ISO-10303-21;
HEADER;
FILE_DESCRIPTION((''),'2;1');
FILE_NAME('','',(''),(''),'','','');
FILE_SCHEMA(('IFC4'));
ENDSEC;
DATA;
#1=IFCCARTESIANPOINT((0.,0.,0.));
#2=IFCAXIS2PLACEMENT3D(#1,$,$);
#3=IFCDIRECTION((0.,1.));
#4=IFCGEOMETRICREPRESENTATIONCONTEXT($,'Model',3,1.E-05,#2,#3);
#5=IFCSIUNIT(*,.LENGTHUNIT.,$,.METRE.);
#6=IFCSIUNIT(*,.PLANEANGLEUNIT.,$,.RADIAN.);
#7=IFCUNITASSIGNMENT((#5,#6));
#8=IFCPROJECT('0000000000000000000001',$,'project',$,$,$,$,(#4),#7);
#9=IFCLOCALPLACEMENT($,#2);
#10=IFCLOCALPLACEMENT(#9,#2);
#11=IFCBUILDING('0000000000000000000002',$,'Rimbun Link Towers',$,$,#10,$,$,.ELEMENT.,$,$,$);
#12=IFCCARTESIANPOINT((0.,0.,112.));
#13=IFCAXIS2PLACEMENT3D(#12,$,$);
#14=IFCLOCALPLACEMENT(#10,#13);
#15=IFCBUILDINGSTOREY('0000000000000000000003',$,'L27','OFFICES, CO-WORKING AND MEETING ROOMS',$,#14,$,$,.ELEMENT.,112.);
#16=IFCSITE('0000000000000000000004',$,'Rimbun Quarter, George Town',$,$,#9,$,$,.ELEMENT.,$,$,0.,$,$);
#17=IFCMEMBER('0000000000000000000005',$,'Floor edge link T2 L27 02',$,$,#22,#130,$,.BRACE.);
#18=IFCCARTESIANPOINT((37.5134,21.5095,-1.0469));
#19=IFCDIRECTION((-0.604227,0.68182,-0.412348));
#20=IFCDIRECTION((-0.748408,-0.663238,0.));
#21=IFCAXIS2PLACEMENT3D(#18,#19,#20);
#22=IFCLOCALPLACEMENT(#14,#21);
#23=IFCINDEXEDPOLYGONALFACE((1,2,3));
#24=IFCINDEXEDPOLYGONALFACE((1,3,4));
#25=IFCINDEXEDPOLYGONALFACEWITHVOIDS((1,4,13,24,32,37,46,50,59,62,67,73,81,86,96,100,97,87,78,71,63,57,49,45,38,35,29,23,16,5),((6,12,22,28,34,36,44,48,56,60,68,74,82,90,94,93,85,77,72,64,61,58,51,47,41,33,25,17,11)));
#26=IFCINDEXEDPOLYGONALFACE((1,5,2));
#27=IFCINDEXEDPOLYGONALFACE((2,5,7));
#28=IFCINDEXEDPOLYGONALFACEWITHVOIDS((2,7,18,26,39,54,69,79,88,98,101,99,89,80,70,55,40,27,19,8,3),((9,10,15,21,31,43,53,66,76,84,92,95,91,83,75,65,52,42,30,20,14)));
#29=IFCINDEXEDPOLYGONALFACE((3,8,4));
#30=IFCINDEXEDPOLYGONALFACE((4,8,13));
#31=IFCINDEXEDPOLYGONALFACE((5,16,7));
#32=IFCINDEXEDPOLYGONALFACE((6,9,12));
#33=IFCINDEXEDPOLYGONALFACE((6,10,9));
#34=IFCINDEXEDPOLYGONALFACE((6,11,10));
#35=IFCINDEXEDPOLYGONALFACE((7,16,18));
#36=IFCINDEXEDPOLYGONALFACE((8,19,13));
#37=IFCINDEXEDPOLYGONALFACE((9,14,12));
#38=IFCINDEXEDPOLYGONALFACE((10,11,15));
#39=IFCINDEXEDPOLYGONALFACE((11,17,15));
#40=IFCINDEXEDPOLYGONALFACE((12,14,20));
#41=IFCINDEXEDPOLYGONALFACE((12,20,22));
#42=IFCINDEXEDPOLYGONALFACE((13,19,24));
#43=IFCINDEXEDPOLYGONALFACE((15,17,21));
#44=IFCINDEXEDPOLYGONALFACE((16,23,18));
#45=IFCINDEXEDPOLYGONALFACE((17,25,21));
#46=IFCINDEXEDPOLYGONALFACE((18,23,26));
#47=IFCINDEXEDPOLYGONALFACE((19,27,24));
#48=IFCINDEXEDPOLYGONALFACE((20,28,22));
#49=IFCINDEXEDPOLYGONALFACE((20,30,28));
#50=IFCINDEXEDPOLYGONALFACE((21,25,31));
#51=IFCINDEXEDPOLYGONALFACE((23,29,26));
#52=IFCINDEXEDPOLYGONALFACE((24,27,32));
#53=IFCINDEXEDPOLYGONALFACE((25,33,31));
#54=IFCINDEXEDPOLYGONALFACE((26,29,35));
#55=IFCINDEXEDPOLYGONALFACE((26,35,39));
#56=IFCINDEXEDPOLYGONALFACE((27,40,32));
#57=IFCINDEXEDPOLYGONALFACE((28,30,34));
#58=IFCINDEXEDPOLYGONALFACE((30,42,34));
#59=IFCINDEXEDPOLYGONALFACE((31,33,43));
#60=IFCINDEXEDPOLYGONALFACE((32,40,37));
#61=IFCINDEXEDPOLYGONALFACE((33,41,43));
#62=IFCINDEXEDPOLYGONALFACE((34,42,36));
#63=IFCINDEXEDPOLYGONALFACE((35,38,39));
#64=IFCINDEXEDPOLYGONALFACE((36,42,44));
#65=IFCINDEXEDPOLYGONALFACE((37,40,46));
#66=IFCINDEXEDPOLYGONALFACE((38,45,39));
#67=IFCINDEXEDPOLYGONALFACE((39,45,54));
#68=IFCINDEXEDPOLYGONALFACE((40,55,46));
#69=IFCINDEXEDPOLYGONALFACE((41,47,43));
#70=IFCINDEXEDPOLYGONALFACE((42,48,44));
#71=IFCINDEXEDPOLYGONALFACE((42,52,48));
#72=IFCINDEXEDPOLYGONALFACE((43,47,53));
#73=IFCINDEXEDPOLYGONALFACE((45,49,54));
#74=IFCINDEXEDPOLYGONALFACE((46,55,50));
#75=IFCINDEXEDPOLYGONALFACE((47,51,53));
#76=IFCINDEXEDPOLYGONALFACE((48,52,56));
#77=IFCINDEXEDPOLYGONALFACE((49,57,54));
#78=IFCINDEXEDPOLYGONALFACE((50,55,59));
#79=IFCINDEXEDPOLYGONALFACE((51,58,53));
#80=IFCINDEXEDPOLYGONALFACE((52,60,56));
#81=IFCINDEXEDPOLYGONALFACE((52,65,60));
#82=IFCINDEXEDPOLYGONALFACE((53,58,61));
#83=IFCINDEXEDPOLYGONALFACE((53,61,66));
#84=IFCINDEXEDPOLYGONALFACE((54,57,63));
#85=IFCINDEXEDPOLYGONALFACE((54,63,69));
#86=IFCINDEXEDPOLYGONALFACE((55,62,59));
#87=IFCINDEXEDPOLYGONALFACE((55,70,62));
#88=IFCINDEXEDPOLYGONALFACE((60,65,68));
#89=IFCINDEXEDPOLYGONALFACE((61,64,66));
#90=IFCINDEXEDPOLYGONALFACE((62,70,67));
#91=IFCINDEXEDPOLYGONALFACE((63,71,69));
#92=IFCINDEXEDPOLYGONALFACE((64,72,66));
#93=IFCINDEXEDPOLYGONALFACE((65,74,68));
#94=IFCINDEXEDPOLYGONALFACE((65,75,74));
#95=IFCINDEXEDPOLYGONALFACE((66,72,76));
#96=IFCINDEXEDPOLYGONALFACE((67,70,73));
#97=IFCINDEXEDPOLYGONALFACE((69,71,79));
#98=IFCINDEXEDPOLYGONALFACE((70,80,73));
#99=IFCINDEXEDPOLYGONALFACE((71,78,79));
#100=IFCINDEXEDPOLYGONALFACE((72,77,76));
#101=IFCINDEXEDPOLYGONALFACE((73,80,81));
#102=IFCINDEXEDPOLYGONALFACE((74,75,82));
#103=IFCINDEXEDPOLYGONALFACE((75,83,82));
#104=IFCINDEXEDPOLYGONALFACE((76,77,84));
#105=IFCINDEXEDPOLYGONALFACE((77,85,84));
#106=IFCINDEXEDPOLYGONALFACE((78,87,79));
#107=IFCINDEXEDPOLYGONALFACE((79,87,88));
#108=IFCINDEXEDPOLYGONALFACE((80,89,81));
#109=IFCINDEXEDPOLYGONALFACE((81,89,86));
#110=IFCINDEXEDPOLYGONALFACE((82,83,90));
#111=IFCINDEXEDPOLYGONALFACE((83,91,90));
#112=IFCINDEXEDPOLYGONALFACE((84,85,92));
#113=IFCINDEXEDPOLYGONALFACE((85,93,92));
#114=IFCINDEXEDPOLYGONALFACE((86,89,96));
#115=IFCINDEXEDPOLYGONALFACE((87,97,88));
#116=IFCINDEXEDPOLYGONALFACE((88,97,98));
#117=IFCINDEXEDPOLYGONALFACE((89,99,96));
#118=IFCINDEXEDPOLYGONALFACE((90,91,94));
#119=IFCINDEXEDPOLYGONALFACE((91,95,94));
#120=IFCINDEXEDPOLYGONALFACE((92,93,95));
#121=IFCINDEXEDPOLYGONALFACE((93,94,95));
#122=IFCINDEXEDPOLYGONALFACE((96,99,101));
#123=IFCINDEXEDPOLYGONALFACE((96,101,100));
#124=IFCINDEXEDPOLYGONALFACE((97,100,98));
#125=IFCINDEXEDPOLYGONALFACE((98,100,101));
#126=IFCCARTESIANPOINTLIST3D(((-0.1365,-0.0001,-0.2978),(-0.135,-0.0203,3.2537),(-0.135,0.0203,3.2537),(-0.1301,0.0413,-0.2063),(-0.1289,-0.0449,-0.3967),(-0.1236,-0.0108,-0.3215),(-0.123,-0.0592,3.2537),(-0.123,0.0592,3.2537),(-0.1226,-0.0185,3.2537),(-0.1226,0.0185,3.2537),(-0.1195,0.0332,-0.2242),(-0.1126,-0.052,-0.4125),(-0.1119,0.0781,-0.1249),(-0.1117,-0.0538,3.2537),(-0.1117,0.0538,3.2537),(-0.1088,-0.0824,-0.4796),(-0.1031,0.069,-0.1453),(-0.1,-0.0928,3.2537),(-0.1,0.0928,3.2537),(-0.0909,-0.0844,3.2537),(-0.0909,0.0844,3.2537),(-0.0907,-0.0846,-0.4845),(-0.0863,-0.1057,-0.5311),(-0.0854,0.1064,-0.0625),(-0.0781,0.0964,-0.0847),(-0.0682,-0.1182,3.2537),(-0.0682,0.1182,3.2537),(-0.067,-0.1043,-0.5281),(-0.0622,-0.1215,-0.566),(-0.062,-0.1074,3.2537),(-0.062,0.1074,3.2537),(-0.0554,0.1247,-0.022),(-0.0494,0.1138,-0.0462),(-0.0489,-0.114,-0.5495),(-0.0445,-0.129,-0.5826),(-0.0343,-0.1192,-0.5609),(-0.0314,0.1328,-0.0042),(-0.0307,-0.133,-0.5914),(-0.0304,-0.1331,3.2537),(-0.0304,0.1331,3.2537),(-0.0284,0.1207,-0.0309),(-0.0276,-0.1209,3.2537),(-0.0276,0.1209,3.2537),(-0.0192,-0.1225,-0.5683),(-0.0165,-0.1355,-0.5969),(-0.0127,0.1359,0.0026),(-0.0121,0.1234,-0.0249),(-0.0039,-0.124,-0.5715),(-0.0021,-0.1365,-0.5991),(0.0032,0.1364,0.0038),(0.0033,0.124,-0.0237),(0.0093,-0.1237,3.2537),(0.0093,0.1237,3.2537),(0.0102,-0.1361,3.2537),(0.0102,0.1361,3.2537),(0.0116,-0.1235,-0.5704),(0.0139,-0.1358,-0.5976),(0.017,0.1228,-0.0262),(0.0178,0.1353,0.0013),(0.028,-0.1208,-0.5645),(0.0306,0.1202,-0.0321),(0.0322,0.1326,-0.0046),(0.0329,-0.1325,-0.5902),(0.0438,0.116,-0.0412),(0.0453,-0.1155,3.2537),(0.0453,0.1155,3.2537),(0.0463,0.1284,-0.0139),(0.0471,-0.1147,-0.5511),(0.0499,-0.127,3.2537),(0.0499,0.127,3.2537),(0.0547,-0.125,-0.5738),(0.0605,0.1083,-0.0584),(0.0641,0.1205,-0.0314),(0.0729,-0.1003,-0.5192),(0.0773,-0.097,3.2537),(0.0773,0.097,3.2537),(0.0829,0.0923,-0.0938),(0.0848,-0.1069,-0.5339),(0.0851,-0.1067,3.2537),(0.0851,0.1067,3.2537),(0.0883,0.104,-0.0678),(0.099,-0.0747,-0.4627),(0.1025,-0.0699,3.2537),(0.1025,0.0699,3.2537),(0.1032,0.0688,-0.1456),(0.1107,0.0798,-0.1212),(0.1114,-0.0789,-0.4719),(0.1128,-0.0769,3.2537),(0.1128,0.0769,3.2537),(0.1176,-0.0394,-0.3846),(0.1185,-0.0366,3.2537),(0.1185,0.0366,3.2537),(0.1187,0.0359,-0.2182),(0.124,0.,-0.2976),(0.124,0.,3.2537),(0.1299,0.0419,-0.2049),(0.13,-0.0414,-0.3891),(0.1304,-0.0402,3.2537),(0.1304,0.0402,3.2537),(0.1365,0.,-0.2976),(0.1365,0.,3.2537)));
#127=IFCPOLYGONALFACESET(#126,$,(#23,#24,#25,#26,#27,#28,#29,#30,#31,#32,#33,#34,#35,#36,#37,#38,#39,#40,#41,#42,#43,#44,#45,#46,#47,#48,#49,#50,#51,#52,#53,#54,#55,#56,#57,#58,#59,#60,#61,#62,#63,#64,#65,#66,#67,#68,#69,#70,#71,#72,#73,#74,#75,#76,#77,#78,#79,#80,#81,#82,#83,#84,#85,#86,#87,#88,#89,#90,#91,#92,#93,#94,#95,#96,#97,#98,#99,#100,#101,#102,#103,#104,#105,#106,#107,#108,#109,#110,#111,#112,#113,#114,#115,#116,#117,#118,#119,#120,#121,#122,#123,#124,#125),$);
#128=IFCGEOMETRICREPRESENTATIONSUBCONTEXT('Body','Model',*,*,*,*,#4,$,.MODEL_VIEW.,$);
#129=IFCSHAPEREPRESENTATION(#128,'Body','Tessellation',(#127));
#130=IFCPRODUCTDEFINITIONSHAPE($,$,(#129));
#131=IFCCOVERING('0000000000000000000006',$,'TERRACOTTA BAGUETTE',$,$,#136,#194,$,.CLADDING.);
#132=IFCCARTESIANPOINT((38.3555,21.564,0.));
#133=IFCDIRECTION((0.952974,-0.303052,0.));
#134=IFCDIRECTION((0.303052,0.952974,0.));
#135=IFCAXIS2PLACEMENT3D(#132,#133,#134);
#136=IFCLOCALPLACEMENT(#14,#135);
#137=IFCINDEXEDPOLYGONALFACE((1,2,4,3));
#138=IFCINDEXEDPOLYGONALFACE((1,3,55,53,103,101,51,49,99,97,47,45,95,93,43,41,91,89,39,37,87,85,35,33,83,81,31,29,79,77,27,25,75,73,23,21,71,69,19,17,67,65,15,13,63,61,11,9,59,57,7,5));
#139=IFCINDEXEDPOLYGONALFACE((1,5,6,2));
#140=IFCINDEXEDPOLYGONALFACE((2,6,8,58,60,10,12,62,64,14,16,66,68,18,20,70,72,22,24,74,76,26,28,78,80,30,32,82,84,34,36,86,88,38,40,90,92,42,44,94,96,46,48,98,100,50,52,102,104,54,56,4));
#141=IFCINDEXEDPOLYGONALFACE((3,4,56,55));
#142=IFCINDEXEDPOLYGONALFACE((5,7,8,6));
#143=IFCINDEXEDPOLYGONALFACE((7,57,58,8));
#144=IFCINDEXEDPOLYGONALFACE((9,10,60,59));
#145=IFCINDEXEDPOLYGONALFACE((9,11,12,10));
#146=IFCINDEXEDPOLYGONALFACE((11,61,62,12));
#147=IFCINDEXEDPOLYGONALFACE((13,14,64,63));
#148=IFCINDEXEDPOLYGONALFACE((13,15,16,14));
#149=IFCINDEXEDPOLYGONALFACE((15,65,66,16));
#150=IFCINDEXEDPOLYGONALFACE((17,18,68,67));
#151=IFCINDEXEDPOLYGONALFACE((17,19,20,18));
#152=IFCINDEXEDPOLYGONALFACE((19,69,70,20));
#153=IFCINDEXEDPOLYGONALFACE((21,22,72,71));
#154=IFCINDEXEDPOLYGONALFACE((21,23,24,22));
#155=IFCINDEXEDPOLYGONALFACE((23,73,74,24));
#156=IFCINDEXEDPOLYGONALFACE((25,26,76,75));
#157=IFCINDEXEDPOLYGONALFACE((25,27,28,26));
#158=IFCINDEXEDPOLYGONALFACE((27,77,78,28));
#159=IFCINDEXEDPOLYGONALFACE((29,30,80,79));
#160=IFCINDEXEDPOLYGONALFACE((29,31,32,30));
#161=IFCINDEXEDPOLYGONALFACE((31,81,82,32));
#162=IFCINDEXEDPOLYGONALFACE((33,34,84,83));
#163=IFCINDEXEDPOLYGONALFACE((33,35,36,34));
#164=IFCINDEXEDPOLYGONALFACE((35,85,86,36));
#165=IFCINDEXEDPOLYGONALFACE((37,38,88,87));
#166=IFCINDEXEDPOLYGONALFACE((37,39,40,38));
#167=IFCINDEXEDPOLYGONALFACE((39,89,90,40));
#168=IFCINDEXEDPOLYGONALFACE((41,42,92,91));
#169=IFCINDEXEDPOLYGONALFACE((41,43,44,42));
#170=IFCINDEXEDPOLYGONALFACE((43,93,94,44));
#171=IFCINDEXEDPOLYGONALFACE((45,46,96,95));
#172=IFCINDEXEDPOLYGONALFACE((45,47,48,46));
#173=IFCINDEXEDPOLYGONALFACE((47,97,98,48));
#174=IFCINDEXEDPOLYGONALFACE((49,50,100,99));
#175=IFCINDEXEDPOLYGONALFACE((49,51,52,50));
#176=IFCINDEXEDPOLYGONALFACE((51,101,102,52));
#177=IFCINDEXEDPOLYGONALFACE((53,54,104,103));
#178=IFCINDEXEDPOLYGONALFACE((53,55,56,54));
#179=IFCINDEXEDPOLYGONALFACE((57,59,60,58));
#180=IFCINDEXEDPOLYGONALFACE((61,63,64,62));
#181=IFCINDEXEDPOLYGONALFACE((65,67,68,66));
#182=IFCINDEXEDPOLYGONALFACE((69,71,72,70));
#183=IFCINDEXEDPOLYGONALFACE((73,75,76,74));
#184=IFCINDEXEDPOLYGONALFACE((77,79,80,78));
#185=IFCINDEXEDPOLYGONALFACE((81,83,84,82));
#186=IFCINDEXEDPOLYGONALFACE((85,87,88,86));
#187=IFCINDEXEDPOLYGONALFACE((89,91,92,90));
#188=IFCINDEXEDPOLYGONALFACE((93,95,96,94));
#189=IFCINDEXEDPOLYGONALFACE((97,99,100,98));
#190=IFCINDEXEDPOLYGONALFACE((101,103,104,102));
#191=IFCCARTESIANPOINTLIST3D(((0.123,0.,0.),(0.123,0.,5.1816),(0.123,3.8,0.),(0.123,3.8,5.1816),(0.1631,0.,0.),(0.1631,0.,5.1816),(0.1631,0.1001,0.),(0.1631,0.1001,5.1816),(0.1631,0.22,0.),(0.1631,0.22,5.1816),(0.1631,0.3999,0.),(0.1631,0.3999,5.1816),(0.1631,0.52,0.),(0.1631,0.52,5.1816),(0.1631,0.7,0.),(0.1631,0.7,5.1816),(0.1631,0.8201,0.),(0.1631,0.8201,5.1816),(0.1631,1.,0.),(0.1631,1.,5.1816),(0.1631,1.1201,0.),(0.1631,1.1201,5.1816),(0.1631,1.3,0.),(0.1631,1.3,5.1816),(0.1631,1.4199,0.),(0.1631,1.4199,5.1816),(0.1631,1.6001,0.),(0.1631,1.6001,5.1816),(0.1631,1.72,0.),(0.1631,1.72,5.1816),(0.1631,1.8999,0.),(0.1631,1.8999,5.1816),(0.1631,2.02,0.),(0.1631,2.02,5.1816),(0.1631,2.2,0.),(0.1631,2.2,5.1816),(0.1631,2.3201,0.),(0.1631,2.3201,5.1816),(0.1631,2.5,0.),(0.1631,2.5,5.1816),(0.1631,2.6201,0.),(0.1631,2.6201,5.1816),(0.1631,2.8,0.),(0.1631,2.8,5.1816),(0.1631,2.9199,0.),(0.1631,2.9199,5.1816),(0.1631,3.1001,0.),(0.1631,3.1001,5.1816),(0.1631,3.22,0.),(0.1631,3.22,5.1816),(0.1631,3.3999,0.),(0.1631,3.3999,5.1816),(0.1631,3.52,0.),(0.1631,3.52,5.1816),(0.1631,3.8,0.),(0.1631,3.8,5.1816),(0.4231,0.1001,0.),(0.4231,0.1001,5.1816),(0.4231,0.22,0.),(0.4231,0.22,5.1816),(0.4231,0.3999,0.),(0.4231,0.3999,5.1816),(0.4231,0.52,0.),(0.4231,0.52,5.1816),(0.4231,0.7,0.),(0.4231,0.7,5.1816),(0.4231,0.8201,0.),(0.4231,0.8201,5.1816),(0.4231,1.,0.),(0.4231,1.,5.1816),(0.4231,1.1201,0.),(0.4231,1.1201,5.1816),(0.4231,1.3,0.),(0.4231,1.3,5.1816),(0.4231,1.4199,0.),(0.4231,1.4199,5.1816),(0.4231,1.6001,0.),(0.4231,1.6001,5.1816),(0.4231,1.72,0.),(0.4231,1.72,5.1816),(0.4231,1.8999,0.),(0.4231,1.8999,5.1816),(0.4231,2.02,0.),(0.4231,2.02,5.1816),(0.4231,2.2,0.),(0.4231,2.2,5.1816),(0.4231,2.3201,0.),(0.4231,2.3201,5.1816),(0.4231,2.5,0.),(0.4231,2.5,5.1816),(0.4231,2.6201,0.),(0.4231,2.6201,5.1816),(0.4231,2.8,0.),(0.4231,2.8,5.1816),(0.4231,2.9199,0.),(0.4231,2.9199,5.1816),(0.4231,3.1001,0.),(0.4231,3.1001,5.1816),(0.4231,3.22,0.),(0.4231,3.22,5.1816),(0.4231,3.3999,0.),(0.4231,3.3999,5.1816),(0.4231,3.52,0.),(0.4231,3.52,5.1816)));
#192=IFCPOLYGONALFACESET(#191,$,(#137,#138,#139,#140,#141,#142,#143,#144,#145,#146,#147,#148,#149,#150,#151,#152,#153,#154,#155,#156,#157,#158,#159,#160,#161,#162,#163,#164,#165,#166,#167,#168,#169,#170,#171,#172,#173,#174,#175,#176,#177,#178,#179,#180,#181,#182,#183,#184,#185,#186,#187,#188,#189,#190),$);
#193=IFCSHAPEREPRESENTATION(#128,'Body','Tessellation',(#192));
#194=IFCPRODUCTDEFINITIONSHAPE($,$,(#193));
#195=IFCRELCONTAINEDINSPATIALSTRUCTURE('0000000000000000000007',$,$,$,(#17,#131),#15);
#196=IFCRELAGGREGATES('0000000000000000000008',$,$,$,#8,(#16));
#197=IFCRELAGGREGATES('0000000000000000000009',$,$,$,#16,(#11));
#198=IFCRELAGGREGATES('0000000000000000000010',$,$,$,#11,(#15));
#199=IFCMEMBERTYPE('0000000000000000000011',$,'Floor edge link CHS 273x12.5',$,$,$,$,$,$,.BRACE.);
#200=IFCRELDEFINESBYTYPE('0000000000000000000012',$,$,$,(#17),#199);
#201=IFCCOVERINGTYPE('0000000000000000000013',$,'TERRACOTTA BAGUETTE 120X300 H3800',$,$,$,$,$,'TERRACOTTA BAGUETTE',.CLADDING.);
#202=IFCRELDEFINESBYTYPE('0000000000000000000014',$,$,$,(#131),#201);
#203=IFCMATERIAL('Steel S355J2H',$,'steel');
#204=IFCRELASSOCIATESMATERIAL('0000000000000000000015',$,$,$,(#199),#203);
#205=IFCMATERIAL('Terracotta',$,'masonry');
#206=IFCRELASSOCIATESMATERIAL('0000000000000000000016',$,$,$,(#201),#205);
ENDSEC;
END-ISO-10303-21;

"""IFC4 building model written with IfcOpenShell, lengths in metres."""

from ifc_helpers import new_model, si_unit, direction, frame, origin, origin_2d, place, context, subcontext, project, spatial, polyline, hollow_circle, outline, extrude, clip, halfspace, material, material_profile, profile_set, type_object, element, save


model = new_model("IFC4")

# Units and contexts
model_context = context("Model", 3, precision=1e-05, world=origin(), true_north=direction((0.0, 1.0)))
body_context = subcontext(model_context, "Body", "Model", "MODEL_VIEW")
ifc_project = project(units=[si_unit("LENGTHUNIT", "METRE"), si_unit("PLANEANGLEUNIT", "RADIAN")], contexts=[model_context])

# Site, building, storey
site_placement = place(None, origin())
site = spatial("IfcSite", under=ifc_project, at=site_placement, Name="Rimbun Quarter, George Town", CompositionType="ELEMENT", RefElevation=0.0)
building_placement = place(site_placement, origin())
building = spatial("IfcBuilding", under=site, at=building_placement, Name="Rimbun Link Towers", CompositionType="ELEMENT")
storey_placement = place(building_placement, frame((0.0, 0.0, 112.0)))
storey = spatial("IfcBuildingStorey", under=building, at=storey_placement, Name="L27", Description="OFFICES, CO-WORKING AND MEETING ROOMS", CompositionType="ELEMENT", Elevation=112.0)

# Member
ifc_material_1 = material(Name="Steel S355J2H", Category="steel")
ifc_material_profile_1 = material_profile(ifc_material_1, hollow_circle(Radius=0.1365, WallThickness=0.0125, at=origin_2d()), Name="CHS 273x12.5")
ifc_profile_set_1 = profile_set([ifc_material_profile_1], Name="Steel S355J2H")
member_type_1 = type_object("IfcMemberType", Name="Floor edge link CHS 273x12.5", PredefinedType="BRACE", material=ifc_profile_set_1)
member_1_placement = place(storey_placement, frame((37.5134, 21.5095, -1.0469), z_axis=(-0.604227, 0.68182, -0.412348), x_axis=(-0.748408, -0.663238, 0.0)))
element("IfcMember", 1, at=member_1_placement, inside=storey, type_object=member_type_1, Name="Floor edge link T2 L27 02", PredefinedType="BRACE", context=body_context, shape_type="Clipping", body=[
    clip(extrude(hollow_circle(Radius=0.1365, WallThickness=0.0125, at=origin_2d()), frame((0.0, 0.0, -0.6272)), (0.0, 0.0, 1.0), 3.8809), halfspace(frame((0.0, 0.0, -0.2976), z_axis=(0.0, 0.911026, -0.412348)), False)),
])

# Covering
ifc_material_2 = material(Name="Terracotta", Category="masonry")
ifc_material_profile_2 = material_profile(ifc_material_2, outline(polyline([(0.123, 0.0), (0.1631, 0.0), (0.1631, 0.1001), (0.4231, 0.1001), (0.4231, 0.22), (0.1631, 0.22), (0.1631, 0.3999), (0.4231, 0.3999), (0.4231, 0.52), (0.1631, 0.52), (0.1631, 0.7), (0.4231, 0.7), (0.4231, 0.8201), (0.1631, 0.8201), (0.1631, 1.0), (0.4231, 1.0), (0.4231, 1.1201), (0.1631, 1.1201), (0.1631, 1.3), (0.4231, 1.3), (0.4231, 1.4199), (0.1631, 1.4199), (0.1631, 1.6001), (0.4231, 1.6001), (0.4231, 1.72), (0.1631, 1.72), (0.1631, 1.8999), (0.4231, 1.8999), (0.4231, 2.02), (0.1631, 2.02), (0.1631, 2.2), (0.4231, 2.2), (0.4231, 2.3201), (0.1631, 2.3201), (0.1631, 2.5), (0.4231, 2.5), (0.4231, 2.6201), (0.1631, 2.6201), (0.1631, 2.8), (0.4231, 2.8), (0.4231, 2.9199), (0.1631, 2.9199), (0.1631, 3.1001), (0.4231, 3.1001), (0.4231, 3.22), (0.1631, 3.22), (0.1631, 3.3999), (0.4231, 3.3999), (0.4231, 3.52), (0.1631, 3.52), (0.1631, 3.8), (0.123, 3.8), (0.123, 0.0)])), Name="BAGUETTE 120X300")
ifc_profile_set_2 = profile_set([ifc_material_profile_2], Name="Terracotta")
covering_type = type_object("IfcCoveringType", Name="TERRACOTTA BAGUETTE 120X300 H3800", ElementType="TERRACOTTA BAGUETTE", PredefinedType="CLADDING", material=ifc_profile_set_2)
covering_1_placement = place(storey_placement, frame((38.3555, 21.564, 0.0), z_axis=(0.952974, -0.303052, 0.0), x_axis=(0.303052, 0.952974, 0.0)))
element("IfcCovering", 2, at=covering_1_placement, inside=storey, type_object=covering_type, Name="TERRACOTTA BAGUETTE", PredefinedType="CLADDING", context=body_context, shape_type="SweptSolid", body=[
    extrude(outline(polyline([(0.123, 0.0), (0.1631, 0.0), (0.1631, 0.1001), (0.4231, 0.1001), (0.4231, 0.22), (0.1631, 0.22), (0.1631, 0.3999), (0.4231, 0.3999), (0.4231, 0.52), (0.1631, 0.52), (0.1631, 0.7), (0.4231, 0.7), (0.4231, 0.8201), (0.1631, 0.8201), (0.1631, 1.0), (0.4231, 1.0), (0.4231, 1.1201), (0.1631, 1.1201), (0.1631, 1.3), (0.4231, 1.3), (0.4231, 1.4199), (0.1631, 1.4199), (0.1631, 1.6001), (0.4231, 1.6001), (0.4231, 1.72), (0.1631, 1.72), (0.1631, 1.8999), (0.4231, 1.8999), (0.4231, 2.02), (0.1631, 2.02), (0.1631, 2.2), (0.4231, 2.2), (0.4231, 2.3201), (0.1631, 2.3201), (0.1631, 2.5), (0.4231, 2.5), (0.4231, 2.6201), (0.1631, 2.6201), (0.1631, 2.8), (0.4231, 2.8), (0.4231, 2.9199), (0.1631, 2.9199), (0.1631, 3.1001), (0.4231, 3.1001), (0.4231, 3.22), (0.1631, 3.22), (0.1631, 3.3999), (0.4231, 3.3999), (0.4231, 3.52), (0.1631, 3.52), (0.1631, 3.8), (0.123, 3.8), (0.123, 0.0)])), origin(), (0.0, 0.0, 1.0), 5.1816),
])

save(model, "model.ifc")
